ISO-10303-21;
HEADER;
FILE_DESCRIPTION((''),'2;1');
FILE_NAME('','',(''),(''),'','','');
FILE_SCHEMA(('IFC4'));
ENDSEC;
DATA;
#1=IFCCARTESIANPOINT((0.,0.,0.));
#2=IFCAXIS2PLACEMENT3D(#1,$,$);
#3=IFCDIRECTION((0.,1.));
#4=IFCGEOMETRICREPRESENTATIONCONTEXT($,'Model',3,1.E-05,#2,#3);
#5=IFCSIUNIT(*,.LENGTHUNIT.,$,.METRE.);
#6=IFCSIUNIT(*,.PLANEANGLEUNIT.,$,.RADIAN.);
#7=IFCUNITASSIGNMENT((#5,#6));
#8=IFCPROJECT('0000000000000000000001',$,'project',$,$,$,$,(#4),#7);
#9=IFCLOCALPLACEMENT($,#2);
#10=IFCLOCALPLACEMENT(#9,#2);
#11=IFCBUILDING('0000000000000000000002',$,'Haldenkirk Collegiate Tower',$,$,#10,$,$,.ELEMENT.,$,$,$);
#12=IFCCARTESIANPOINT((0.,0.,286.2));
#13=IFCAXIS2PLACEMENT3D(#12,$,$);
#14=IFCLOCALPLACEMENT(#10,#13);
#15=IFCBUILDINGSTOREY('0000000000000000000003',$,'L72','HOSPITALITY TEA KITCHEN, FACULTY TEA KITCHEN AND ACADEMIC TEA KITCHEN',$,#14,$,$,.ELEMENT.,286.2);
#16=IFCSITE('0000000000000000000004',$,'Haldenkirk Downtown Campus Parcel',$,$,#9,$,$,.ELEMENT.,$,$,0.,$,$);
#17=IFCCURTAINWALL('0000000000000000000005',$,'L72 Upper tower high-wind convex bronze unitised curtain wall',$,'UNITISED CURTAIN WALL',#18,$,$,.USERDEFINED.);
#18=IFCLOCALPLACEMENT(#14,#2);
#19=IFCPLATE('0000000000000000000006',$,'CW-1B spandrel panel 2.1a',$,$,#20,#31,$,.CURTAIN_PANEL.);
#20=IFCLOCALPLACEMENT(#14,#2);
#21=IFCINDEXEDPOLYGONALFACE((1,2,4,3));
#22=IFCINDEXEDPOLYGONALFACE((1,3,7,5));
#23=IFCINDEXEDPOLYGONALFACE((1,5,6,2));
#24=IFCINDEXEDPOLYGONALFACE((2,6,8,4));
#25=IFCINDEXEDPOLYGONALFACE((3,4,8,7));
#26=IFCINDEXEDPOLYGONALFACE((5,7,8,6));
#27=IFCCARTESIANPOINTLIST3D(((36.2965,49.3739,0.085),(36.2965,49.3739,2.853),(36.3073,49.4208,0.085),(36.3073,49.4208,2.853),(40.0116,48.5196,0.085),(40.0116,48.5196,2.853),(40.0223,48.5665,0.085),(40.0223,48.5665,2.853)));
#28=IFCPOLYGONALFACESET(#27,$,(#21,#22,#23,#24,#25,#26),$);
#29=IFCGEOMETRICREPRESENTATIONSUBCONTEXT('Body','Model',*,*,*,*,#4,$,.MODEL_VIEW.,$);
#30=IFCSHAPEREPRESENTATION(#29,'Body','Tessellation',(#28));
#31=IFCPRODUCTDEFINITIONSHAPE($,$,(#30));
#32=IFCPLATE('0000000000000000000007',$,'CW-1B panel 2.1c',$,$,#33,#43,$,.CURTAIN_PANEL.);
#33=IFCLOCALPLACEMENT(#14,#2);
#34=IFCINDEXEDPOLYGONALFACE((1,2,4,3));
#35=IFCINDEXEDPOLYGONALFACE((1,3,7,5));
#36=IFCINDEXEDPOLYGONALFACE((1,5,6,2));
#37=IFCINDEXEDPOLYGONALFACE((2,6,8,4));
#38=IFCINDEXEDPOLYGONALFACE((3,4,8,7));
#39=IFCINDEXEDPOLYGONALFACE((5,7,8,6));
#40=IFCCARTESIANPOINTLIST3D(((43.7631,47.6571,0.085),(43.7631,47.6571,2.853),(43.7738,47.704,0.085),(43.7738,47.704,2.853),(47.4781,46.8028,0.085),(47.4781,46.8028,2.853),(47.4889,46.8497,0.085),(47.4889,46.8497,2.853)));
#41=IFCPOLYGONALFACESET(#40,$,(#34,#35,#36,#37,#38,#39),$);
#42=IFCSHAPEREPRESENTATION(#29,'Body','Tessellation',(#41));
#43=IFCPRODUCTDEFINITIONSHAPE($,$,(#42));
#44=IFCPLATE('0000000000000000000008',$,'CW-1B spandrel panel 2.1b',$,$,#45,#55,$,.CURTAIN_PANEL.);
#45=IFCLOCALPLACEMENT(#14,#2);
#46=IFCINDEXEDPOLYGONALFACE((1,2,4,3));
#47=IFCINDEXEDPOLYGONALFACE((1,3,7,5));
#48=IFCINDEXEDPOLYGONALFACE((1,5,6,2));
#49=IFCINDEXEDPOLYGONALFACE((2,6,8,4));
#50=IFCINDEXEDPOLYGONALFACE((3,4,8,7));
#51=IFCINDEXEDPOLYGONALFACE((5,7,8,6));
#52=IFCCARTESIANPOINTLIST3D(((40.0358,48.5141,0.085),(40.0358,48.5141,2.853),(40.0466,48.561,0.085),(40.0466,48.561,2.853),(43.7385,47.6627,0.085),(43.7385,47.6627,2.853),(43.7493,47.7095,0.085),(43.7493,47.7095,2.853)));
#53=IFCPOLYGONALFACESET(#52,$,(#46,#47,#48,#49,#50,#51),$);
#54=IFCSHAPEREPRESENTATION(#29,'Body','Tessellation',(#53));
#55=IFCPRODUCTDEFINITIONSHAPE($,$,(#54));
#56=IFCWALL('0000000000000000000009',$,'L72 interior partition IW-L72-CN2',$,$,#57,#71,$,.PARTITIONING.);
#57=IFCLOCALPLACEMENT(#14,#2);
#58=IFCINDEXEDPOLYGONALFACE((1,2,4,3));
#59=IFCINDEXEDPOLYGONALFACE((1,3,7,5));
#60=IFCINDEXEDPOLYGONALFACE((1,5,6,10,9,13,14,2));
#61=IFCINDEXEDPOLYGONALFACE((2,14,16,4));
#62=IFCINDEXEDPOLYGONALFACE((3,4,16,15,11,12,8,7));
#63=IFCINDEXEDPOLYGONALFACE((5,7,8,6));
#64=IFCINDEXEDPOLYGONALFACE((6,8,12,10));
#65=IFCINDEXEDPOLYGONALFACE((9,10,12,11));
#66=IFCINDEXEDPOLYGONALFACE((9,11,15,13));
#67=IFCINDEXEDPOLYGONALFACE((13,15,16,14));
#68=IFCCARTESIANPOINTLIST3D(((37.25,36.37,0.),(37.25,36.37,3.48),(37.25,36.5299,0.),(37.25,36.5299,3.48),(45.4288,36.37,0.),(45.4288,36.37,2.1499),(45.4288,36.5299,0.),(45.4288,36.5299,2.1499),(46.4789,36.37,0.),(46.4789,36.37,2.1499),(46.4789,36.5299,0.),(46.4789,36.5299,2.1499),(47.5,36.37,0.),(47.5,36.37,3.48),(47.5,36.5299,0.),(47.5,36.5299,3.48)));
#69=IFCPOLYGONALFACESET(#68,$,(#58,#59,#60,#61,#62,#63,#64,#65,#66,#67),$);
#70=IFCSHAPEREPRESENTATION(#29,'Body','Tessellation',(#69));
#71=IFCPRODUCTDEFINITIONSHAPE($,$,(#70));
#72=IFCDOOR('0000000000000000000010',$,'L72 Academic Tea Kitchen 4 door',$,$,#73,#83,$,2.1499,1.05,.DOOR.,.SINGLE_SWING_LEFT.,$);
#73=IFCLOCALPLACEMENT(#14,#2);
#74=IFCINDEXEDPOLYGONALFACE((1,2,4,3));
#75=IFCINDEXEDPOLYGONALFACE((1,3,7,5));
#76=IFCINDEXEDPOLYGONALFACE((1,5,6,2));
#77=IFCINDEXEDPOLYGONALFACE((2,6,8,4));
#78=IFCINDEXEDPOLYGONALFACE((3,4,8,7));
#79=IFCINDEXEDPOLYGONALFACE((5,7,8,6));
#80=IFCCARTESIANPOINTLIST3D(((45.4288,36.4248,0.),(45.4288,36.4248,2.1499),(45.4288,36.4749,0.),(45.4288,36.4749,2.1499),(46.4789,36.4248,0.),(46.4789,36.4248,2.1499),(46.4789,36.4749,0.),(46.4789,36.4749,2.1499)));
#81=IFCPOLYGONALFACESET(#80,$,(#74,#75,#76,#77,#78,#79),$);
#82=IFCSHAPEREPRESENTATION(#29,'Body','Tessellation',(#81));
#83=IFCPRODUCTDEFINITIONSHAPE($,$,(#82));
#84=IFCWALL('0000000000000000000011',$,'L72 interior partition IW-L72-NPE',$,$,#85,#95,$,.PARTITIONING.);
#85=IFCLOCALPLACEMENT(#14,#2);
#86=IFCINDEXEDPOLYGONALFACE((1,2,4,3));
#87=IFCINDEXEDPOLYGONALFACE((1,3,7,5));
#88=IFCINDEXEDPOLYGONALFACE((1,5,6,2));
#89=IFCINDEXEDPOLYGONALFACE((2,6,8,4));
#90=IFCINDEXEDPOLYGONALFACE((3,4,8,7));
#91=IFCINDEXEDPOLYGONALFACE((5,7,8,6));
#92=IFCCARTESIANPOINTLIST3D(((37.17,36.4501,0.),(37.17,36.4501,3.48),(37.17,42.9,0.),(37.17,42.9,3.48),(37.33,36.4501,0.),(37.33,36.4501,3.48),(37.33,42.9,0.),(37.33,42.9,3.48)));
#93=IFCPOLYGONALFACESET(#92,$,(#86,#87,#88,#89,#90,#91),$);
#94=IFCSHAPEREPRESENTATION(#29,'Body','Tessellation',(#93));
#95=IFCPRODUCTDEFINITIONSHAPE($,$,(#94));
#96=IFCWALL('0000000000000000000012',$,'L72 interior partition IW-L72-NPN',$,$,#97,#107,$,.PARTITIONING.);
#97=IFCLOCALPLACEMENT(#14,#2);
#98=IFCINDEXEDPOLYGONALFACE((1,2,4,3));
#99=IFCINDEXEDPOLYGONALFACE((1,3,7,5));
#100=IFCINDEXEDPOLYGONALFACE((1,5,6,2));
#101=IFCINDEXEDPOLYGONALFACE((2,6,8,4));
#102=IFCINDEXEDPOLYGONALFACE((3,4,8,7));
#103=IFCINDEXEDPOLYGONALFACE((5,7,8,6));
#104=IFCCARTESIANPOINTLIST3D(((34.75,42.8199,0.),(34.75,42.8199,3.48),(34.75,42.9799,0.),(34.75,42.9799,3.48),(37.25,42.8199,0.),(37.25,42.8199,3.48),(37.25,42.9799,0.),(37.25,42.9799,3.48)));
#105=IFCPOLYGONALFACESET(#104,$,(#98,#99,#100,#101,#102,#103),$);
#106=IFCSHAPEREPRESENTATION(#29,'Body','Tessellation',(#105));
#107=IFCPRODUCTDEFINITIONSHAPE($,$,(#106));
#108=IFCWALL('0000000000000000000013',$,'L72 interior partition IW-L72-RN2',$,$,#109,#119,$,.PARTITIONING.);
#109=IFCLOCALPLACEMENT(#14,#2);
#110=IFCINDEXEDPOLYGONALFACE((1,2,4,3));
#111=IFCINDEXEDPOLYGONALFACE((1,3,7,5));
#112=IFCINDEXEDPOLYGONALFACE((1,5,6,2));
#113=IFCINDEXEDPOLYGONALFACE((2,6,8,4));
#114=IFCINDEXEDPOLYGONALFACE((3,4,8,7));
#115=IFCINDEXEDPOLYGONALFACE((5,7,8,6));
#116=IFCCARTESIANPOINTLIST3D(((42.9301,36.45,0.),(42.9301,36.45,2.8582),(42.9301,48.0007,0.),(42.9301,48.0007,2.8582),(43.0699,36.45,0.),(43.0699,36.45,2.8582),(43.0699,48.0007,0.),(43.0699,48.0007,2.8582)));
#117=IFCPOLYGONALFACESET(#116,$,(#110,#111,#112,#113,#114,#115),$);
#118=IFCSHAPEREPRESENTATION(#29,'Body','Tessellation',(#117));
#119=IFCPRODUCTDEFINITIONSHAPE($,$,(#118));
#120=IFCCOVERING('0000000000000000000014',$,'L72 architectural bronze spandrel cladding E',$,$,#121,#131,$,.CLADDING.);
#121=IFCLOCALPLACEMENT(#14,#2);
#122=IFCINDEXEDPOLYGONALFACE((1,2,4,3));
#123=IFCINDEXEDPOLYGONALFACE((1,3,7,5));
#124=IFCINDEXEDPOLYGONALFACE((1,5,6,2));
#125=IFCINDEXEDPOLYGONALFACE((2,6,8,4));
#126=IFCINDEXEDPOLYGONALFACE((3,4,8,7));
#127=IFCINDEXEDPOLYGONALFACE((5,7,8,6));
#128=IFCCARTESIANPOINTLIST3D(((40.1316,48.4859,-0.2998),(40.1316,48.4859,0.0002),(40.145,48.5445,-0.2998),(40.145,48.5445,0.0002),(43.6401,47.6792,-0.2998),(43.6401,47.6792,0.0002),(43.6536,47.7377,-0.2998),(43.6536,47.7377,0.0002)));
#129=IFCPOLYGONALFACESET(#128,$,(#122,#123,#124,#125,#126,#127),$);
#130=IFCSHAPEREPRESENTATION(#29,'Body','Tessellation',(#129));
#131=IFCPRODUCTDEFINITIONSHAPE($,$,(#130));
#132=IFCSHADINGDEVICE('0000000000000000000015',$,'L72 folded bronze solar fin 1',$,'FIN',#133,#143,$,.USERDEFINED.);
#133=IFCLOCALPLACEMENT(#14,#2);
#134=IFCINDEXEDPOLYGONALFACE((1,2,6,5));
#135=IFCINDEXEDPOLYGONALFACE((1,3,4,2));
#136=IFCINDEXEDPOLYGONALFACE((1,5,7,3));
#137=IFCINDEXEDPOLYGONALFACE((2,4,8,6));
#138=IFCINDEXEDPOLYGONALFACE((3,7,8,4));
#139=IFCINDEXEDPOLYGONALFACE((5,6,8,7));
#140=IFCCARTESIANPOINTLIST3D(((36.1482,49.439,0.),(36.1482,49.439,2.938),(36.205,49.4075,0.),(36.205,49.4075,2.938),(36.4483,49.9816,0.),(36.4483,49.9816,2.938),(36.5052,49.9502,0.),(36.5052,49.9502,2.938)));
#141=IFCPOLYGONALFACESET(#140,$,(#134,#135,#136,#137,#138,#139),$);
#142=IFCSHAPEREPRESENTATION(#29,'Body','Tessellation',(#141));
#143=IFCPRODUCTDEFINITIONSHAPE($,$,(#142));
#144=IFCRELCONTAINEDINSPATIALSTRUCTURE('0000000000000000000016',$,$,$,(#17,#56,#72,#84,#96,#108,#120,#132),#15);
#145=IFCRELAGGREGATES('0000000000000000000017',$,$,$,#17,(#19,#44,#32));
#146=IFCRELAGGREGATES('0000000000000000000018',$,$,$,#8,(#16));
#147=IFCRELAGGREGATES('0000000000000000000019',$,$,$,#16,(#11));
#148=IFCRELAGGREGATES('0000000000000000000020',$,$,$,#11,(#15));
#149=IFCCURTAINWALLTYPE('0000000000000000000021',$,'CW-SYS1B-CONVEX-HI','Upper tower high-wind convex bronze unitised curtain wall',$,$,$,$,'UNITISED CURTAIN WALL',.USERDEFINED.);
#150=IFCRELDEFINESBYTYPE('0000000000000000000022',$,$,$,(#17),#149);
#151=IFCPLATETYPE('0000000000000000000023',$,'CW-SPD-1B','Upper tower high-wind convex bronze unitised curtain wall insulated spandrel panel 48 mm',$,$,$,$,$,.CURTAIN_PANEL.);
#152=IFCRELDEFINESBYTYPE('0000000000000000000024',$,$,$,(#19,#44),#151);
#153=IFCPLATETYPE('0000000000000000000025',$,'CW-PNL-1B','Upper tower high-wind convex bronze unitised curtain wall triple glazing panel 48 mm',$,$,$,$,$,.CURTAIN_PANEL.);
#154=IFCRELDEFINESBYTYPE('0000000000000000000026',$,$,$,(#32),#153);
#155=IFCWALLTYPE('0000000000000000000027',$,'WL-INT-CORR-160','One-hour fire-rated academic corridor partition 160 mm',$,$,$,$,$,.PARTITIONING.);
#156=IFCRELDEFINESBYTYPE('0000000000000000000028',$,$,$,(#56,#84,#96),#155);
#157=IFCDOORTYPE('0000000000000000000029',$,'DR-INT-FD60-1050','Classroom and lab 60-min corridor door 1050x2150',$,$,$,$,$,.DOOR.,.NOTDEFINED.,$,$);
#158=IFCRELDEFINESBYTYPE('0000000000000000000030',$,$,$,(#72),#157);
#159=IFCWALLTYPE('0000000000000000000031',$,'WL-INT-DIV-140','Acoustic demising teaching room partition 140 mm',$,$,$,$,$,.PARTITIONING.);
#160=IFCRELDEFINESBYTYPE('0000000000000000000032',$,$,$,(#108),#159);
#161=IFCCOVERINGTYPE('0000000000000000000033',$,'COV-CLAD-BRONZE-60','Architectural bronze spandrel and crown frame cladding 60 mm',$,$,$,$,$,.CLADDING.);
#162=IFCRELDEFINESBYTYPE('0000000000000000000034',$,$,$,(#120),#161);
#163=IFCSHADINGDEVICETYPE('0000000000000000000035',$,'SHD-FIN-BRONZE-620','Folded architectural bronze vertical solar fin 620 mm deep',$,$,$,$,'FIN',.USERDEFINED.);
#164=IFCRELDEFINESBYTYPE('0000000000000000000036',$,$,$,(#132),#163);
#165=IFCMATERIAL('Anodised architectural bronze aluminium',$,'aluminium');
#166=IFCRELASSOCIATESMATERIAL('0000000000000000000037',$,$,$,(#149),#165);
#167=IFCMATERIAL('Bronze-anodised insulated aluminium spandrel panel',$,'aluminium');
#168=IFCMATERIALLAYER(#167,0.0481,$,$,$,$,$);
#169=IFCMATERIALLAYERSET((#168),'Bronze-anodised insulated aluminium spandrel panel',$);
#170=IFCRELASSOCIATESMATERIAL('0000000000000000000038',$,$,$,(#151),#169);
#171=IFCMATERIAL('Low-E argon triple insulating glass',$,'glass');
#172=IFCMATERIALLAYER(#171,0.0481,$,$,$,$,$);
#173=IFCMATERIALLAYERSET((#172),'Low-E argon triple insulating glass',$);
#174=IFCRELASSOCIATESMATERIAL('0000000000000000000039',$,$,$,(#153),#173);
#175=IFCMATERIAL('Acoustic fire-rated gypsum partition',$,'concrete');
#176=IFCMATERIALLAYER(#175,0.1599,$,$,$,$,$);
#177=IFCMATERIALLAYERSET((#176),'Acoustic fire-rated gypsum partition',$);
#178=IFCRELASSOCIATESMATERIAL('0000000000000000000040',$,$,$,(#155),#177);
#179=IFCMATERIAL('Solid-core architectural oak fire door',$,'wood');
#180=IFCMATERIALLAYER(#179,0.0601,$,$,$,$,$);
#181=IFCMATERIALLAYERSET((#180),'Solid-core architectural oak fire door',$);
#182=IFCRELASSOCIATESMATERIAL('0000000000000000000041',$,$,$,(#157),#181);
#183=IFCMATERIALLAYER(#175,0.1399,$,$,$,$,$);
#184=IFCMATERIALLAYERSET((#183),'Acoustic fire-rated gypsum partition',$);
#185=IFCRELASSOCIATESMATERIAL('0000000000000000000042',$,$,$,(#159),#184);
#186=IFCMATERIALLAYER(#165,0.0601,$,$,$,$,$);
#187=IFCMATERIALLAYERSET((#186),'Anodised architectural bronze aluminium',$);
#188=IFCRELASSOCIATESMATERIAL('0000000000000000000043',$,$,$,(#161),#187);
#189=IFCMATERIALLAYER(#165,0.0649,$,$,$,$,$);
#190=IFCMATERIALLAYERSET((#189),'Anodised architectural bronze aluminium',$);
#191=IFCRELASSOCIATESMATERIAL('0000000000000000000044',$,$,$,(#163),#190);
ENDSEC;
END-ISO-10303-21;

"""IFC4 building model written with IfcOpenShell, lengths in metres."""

from ifc_helpers import new_model, si_unit, direction, frame, frame_2d, origin, origin_2d, place, context, subcontext, project, spatial, rectangle, extrude, source, transform, mapped, material, layer, layer_set, type_object, element, fill, aggregate, save


model = new_model("IFC4")

# Units and contexts
model_context = context("Model", 3, precision=1e-05, world=origin(), true_north=direction((0.0, 1.0)))
body_context = subcontext(model_context, "Body", "Model", "MODEL_VIEW")
ifc_project = project(units=[si_unit("LENGTHUNIT", "METRE"), si_unit("PLANEANGLEUNIT", "RADIAN")], contexts=[model_context])

# Site, building, storey
site_placement = place(None, origin())
site = spatial("IfcSite", under=ifc_project, at=site_placement, Name="Haldenkirk Downtown Campus Parcel", CompositionType="ELEMENT", RefElevation=0.0)
building_placement = place(site_placement, origin())
building = spatial("IfcBuilding", under=site, at=building_placement, Name="Haldenkirk Collegiate Tower", CompositionType="ELEMENT")
storey_placement = place(building_placement, frame((0.0, 0.0, 286.2)))
storey = spatial("IfcBuildingStorey", under=building, at=storey_placement, Name="L72", Description="HOSPITALITY TEA KITCHEN, FACULTY TEA KITCHEN AND ACADEMIC TEA KITCHEN", CompositionType="ELEMENT", Elevation=286.2)

# Curtain wall
ifc_material_1 = material(Name="Anodised architectural bronze aluminium", Category="aluminium")
curtain_wall_type = type_object("IfcCurtainWallType", Name="CW-SYS1B-CONVEX-HI", Description="Upper tower high-wind convex bronze unitised curtain wall", ElementType="UNITISED CURTAIN WALL", PredefinedType="USERDEFINED", material=ifc_material_1)
curtain_wall_placement = place(storey_placement, origin())
curtain_wall = element("IfcCurtainWall", 1, at=curtain_wall_placement, inside=storey, type_object=curtain_wall_type, Name="L72 Upper tower high-wind convex bronze unitised curtain wall", ObjectType="UNITISED CURTAIN WALL", PredefinedType="USERDEFINED")

# Plates
ifc_material_2 = material(Name="Bronze-anodised insulated aluminium spandrel panel", Category="aluminium")
ifc_layer_1 = layer(ifc_material_2, 0.0481)
ifc_layer_set_1 = layer_set([ifc_layer_1], Name="Bronze-anodised insulated aluminium spandrel panel")
plate_type_1 = type_object("IfcPlateType", Name="CW-SPD-1B", Description="Upper tower high-wind convex bronze unitised curtain wall insulated spandrel panel 48 mm", PredefinedType="CURTAIN_PANEL", material=ifc_layer_set_1)
shared_shape_1 = source(origin(), body_context, "Body", "SweptSolid", [
    extrude(rectangle(XDim=3.812, YDim=0.0481, at=origin_2d()), origin(), (0.0, 0.0, 1.0), 2.7681),
])
plate_1_placement = place(storey_placement, frame((38.1594, 48.9702, 0.085), z_axis=(0.0, 0.0, 1.0), x_axis=(0.974566, -0.224101, 0.0)))
plate_1 = element("IfcPlate", 2, at=plate_1_placement, type_object=plate_type_1, Name="CW-1B spandrel panel 2.1a", PredefinedType="CURTAIN_PANEL", context=body_context, shape_type="MappedRepresentation", body=[
    mapped(shared_shape_1, transform((0.0, 0.0, 0.0), x_axis=(1.0, 0.0, 0.0), y_axis=(0.0, 1.0, 0.0), z_axis=(0.0, 0.0, 1.0), scale=1.0)),
])
ifc_material_3 = material(Name="Low-E argon triple insulating glass", Category="glass")
ifc_layer_2 = layer(ifc_material_3, 0.0481)
ifc_layer_set_2 = layer_set([ifc_layer_2], Name="Low-E argon triple insulating glass")
plate_type_2 = type_object("IfcPlateType", Name="CW-PNL-1B", Description="Upper tower high-wind convex bronze unitised curtain wall triple glazing panel 48 mm", PredefinedType="CURTAIN_PANEL", material=ifc_layer_set_2)
plate_2_placement = place(storey_placement, frame((45.626, 47.2534, 0.085), z_axis=(0.0, 0.0, 1.0), x_axis=(0.974566, -0.224101, 0.0)))
plate_2 = element("IfcPlate", 3, at=plate_2_placement, type_object=plate_type_2, Name="CW-1B panel 2.1c", PredefinedType="CURTAIN_PANEL", context=body_context, shape_type="MappedRepresentation", body=[
    mapped(shared_shape_1, transform((0.0, 0.0, 0.0), x_axis=(1.0, 0.0, 0.0), y_axis=(0.0, 1.0, 0.0), z_axis=(0.0, 0.0, 1.0), scale=1.0)),
])
shared_shape_2 = source(origin(), body_context, "Body", "SweptSolid", [
    extrude(rectangle(XDim=3.7993, YDim=0.0481, at=origin_2d()), origin(), (0.0, 0.0, 1.0), 2.7681),
])
plate_3_placement = place(storey_placement, frame((41.8926, 48.1118, 0.085), z_axis=(0.0, 0.0, 1.0), x_axis=(0.974566, -0.224101, 0.0)))
plate_3 = element("IfcPlate", 4, at=plate_3_placement, type_object=plate_type_1, Name="CW-1B spandrel panel 2.1b", PredefinedType="CURTAIN_PANEL", context=body_context, shape_type="MappedRepresentation", body=[
    mapped(shared_shape_2, transform((0.0, 0.0, 0.0), x_axis=(1.0, 0.0, 0.0), y_axis=(0.0, 1.0, 0.0), z_axis=(0.0, 0.0, 1.0), scale=1.0)),
])
aggregate(curtain_wall, [plate_1, plate_3, plate_2])

# Wall, opening, door
ifc_material_4 = material(Name="Acoustic fire-rated gypsum partition", Category="concrete")
ifc_layer_3 = layer(ifc_material_4, 0.1599)
ifc_layer_set_3 = layer_set([ifc_layer_3], Name="Acoustic fire-rated gypsum partition")
wall_type_1 = type_object("IfcWallType", Name="WL-INT-CORR-160", Description="One-hour fire-rated academic corridor partition 160 mm", PredefinedType="PARTITIONING", material=ifc_layer_set_3)
wall_1_placement = place(storey_placement, frame((37.25, 36.45, 0.0), z_axis=(0.0, 0.0, 1.0), x_axis=(1.0, 0.0, 0.0)))
wall_1 = element("IfcWall", 5, at=wall_1_placement, inside=storey, type_object=wall_type_1, Name="L72 interior partition IW-L72-CN2", PredefinedType="PARTITIONING", context=body_context, shape_type="SweptSolid", body=[
    extrude(rectangle(XDim=10.25, YDim=0.1599, at=frame_2d((5.125, 0.0))), origin(), (0.0, 0.0, 1.0), 3.48),
])
opening_placement = place(wall_1_placement, frame((8.179, 0.0, 0.0)))
opening = element("IfcOpeningElement", 6, at=opening_placement, cuts=wall_1, PredefinedType="OPENING", context=body_context, shape_type="SweptSolid", body=[
    extrude(rectangle(XDim=1.05, YDim=2.1499, at=frame_2d((0.5249, 1.075))), frame((0.0, 0.0898, 0.0), z_axis=(0.0, -1.0, 0.0), x_axis=(1.0, 0.0, 0.0)), (0.0, 0.0, 1.0), 0.1799),
])
ifc_material_5 = material(Name="Solid-core architectural oak fire door", Category="wood")
ifc_layer_4 = layer(ifc_material_5, 0.0601)
ifc_layer_set_4 = layer_set([ifc_layer_4], Name="Solid-core architectural oak fire door")
door_type = type_object("IfcDoorType", Name="DR-INT-FD60-1050", Description="Classroom and lab 60-min corridor door 1050x2150", OperationType="NOTDEFINED", PredefinedType="DOOR", material=ifc_layer_set_4)
door_placement = place(opening_placement, origin())
door = element("IfcDoor", 7, at=door_placement, inside=storey, type_object=door_type, Name="L72 Academic Tea Kitchen 4 door", OperationType="SINGLE_SWING_LEFT", OverallHeight=2.1499, OverallWidth=1.05, PredefinedType="DOOR", context=body_context, shape_type="SweptSolid", body=[
    extrude(rectangle(XDim=1.05, YDim=2.1499, at=frame_2d((0.5249, 1.075))), frame((0.0, 0.0249, 0.0), z_axis=(0.0, -1.0, 0.0), x_axis=(1.0, 0.0, 0.0)), (0.0, 0.0, 1.0), 0.05),
])
fill(opening, door)

# Walls
wall_2_placement = place(storey_placement, frame((37.25, 36.45, 0.0), z_axis=(0.0, 0.0, 1.0), x_axis=(0.0, 1.0, 0.0)))
element("IfcWall", 8, at=wall_2_placement, inside=storey, type_object=wall_type_1, Name="L72 interior partition IW-L72-NPE", PredefinedType="PARTITIONING", context=body_context, shape_type="SweptSolid", body=[
    extrude(rectangle(XDim=6.45, YDim=0.1599, at=frame_2d((3.2251, 0.0))), origin(), (0.0, 0.0, 1.0), 3.48),
])
wall_3_placement = place(storey_placement, frame((34.75, 42.8999, 0.0), z_axis=(0.0, 0.0, 1.0), x_axis=(1.0, 0.0, 0.0)))
element("IfcWall", 9, at=wall_3_placement, inside=storey, type_object=wall_type_1, Name="L72 interior partition IW-L72-NPN", PredefinedType="PARTITIONING", context=body_context, shape_type="SweptSolid", body=[
    extrude(rectangle(XDim=2.5, YDim=0.1599, at=frame_2d((1.25, 0.0))), origin(), (0.0, 0.0, 1.0), 3.48),
])
ifc_layer_5 = layer(ifc_material_4, 0.1399)
ifc_layer_set_5 = layer_set([ifc_layer_5], Name="Acoustic fire-rated gypsum partition")
wall_type_2 = type_object("IfcWallType", Name="WL-INT-DIV-140", Description="Acoustic demising teaching room partition 140 mm", PredefinedType="PARTITIONING", material=ifc_layer_set_5)
wall_4_placement = place(storey_placement, frame((43.0, 36.45, 0.0), z_axis=(0.0, 0.0, 1.0), x_axis=(0.0, 1.0, 0.0)))
element("IfcWall", 10, at=wall_4_placement, inside=storey, type_object=wall_type_2, Name="L72 interior partition IW-L72-RN2", PredefinedType="PARTITIONING", context=body_context, shape_type="SweptSolid", body=[
    extrude(rectangle(XDim=11.5508, YDim=0.1399, at=frame_2d((5.7754, 0.0))), origin(), (0.0, 0.0, 1.0), 2.8582),
])

# Covering
ifc_layer_6 = layer(ifc_material_1, 0.0601)
ifc_layer_set_6 = layer_set([ifc_layer_6], Name="Anodised architectural bronze aluminium")
covering_type = type_object("IfcCoveringType", Name="COV-CLAD-BRONZE-60", Description="Architectural bronze spandrel and crown frame cladding 60 mm", PredefinedType="CLADDING", material=ifc_layer_set_6)
shared_shape_3 = source(origin(), body_context, "Body", "SweptSolid", [
    extrude(rectangle(XDim=3.6001, YDim=0.0601, at=origin_2d()), origin(), (0.0, 0.0, 1.0), 0.3),
])
covering_placement = place(storey_placement, frame((41.8926, 48.1118, -0.2998), z_axis=(0.0, 0.0, 1.0), x_axis=(0.974566, -0.224101, 0.0)))
element("IfcCovering", 11, at=covering_placement, inside=storey, type_object=covering_type, Name="L72 architectural bronze spandrel cladding E", PredefinedType="CLADDING", context=body_context, shape_type="MappedRepresentation", body=[
    mapped(shared_shape_3, transform((0.0, 0.0, 0.0), x_axis=(1.0, 0.0, 0.0), y_axis=(0.0, 1.0, 0.0), z_axis=(0.0, 0.0, 1.0), scale=1.0)),
])

# Shading device
ifc_layer_7 = layer(ifc_material_1, 0.0649)
ifc_layer_set_7 = layer_set([ifc_layer_7], Name="Anodised architectural bronze aluminium")
shading_device_type = type_object("IfcShadingDeviceType", Name="SHD-FIN-BRONZE-620", Description="Folded architectural bronze vertical solar fin 620 mm deep", ElementType="FIN", PredefinedType="USERDEFINED", material=ifc_layer_set_7)
shared_shape_4 = source(origin(), body_context, "Body", "SweptSolid", [
    extrude(rectangle(XDim=0.6201, YDim=0.0649, at=origin_2d()), origin(), (0.0, 0.0, 1.0), 2.938),
])
shading_device_placement = place(storey_placement, frame((36.3267, 49.6946, 0.0), z_axis=(0.0, 0.0, 1.0), x_axis=(0.484046, 0.875042, 0.0)))
element("IfcShadingDevice", 12, at=shading_device_placement, inside=storey, type_object=shading_device_type, Name="L72 folded bronze solar fin 1", ObjectType="FIN", PredefinedType="USERDEFINED", context=body_context, shape_type="MappedRepresentation", body=[
    mapped(shared_shape_4, transform((0.0, 0.0, 0.0), x_axis=(1.0, 0.0, 0.0), y_axis=(0.0, 1.0, 0.0), z_axis=(0.0, 0.0, 1.0), scale=1.0)),
])

save(model, "model.ifc")
